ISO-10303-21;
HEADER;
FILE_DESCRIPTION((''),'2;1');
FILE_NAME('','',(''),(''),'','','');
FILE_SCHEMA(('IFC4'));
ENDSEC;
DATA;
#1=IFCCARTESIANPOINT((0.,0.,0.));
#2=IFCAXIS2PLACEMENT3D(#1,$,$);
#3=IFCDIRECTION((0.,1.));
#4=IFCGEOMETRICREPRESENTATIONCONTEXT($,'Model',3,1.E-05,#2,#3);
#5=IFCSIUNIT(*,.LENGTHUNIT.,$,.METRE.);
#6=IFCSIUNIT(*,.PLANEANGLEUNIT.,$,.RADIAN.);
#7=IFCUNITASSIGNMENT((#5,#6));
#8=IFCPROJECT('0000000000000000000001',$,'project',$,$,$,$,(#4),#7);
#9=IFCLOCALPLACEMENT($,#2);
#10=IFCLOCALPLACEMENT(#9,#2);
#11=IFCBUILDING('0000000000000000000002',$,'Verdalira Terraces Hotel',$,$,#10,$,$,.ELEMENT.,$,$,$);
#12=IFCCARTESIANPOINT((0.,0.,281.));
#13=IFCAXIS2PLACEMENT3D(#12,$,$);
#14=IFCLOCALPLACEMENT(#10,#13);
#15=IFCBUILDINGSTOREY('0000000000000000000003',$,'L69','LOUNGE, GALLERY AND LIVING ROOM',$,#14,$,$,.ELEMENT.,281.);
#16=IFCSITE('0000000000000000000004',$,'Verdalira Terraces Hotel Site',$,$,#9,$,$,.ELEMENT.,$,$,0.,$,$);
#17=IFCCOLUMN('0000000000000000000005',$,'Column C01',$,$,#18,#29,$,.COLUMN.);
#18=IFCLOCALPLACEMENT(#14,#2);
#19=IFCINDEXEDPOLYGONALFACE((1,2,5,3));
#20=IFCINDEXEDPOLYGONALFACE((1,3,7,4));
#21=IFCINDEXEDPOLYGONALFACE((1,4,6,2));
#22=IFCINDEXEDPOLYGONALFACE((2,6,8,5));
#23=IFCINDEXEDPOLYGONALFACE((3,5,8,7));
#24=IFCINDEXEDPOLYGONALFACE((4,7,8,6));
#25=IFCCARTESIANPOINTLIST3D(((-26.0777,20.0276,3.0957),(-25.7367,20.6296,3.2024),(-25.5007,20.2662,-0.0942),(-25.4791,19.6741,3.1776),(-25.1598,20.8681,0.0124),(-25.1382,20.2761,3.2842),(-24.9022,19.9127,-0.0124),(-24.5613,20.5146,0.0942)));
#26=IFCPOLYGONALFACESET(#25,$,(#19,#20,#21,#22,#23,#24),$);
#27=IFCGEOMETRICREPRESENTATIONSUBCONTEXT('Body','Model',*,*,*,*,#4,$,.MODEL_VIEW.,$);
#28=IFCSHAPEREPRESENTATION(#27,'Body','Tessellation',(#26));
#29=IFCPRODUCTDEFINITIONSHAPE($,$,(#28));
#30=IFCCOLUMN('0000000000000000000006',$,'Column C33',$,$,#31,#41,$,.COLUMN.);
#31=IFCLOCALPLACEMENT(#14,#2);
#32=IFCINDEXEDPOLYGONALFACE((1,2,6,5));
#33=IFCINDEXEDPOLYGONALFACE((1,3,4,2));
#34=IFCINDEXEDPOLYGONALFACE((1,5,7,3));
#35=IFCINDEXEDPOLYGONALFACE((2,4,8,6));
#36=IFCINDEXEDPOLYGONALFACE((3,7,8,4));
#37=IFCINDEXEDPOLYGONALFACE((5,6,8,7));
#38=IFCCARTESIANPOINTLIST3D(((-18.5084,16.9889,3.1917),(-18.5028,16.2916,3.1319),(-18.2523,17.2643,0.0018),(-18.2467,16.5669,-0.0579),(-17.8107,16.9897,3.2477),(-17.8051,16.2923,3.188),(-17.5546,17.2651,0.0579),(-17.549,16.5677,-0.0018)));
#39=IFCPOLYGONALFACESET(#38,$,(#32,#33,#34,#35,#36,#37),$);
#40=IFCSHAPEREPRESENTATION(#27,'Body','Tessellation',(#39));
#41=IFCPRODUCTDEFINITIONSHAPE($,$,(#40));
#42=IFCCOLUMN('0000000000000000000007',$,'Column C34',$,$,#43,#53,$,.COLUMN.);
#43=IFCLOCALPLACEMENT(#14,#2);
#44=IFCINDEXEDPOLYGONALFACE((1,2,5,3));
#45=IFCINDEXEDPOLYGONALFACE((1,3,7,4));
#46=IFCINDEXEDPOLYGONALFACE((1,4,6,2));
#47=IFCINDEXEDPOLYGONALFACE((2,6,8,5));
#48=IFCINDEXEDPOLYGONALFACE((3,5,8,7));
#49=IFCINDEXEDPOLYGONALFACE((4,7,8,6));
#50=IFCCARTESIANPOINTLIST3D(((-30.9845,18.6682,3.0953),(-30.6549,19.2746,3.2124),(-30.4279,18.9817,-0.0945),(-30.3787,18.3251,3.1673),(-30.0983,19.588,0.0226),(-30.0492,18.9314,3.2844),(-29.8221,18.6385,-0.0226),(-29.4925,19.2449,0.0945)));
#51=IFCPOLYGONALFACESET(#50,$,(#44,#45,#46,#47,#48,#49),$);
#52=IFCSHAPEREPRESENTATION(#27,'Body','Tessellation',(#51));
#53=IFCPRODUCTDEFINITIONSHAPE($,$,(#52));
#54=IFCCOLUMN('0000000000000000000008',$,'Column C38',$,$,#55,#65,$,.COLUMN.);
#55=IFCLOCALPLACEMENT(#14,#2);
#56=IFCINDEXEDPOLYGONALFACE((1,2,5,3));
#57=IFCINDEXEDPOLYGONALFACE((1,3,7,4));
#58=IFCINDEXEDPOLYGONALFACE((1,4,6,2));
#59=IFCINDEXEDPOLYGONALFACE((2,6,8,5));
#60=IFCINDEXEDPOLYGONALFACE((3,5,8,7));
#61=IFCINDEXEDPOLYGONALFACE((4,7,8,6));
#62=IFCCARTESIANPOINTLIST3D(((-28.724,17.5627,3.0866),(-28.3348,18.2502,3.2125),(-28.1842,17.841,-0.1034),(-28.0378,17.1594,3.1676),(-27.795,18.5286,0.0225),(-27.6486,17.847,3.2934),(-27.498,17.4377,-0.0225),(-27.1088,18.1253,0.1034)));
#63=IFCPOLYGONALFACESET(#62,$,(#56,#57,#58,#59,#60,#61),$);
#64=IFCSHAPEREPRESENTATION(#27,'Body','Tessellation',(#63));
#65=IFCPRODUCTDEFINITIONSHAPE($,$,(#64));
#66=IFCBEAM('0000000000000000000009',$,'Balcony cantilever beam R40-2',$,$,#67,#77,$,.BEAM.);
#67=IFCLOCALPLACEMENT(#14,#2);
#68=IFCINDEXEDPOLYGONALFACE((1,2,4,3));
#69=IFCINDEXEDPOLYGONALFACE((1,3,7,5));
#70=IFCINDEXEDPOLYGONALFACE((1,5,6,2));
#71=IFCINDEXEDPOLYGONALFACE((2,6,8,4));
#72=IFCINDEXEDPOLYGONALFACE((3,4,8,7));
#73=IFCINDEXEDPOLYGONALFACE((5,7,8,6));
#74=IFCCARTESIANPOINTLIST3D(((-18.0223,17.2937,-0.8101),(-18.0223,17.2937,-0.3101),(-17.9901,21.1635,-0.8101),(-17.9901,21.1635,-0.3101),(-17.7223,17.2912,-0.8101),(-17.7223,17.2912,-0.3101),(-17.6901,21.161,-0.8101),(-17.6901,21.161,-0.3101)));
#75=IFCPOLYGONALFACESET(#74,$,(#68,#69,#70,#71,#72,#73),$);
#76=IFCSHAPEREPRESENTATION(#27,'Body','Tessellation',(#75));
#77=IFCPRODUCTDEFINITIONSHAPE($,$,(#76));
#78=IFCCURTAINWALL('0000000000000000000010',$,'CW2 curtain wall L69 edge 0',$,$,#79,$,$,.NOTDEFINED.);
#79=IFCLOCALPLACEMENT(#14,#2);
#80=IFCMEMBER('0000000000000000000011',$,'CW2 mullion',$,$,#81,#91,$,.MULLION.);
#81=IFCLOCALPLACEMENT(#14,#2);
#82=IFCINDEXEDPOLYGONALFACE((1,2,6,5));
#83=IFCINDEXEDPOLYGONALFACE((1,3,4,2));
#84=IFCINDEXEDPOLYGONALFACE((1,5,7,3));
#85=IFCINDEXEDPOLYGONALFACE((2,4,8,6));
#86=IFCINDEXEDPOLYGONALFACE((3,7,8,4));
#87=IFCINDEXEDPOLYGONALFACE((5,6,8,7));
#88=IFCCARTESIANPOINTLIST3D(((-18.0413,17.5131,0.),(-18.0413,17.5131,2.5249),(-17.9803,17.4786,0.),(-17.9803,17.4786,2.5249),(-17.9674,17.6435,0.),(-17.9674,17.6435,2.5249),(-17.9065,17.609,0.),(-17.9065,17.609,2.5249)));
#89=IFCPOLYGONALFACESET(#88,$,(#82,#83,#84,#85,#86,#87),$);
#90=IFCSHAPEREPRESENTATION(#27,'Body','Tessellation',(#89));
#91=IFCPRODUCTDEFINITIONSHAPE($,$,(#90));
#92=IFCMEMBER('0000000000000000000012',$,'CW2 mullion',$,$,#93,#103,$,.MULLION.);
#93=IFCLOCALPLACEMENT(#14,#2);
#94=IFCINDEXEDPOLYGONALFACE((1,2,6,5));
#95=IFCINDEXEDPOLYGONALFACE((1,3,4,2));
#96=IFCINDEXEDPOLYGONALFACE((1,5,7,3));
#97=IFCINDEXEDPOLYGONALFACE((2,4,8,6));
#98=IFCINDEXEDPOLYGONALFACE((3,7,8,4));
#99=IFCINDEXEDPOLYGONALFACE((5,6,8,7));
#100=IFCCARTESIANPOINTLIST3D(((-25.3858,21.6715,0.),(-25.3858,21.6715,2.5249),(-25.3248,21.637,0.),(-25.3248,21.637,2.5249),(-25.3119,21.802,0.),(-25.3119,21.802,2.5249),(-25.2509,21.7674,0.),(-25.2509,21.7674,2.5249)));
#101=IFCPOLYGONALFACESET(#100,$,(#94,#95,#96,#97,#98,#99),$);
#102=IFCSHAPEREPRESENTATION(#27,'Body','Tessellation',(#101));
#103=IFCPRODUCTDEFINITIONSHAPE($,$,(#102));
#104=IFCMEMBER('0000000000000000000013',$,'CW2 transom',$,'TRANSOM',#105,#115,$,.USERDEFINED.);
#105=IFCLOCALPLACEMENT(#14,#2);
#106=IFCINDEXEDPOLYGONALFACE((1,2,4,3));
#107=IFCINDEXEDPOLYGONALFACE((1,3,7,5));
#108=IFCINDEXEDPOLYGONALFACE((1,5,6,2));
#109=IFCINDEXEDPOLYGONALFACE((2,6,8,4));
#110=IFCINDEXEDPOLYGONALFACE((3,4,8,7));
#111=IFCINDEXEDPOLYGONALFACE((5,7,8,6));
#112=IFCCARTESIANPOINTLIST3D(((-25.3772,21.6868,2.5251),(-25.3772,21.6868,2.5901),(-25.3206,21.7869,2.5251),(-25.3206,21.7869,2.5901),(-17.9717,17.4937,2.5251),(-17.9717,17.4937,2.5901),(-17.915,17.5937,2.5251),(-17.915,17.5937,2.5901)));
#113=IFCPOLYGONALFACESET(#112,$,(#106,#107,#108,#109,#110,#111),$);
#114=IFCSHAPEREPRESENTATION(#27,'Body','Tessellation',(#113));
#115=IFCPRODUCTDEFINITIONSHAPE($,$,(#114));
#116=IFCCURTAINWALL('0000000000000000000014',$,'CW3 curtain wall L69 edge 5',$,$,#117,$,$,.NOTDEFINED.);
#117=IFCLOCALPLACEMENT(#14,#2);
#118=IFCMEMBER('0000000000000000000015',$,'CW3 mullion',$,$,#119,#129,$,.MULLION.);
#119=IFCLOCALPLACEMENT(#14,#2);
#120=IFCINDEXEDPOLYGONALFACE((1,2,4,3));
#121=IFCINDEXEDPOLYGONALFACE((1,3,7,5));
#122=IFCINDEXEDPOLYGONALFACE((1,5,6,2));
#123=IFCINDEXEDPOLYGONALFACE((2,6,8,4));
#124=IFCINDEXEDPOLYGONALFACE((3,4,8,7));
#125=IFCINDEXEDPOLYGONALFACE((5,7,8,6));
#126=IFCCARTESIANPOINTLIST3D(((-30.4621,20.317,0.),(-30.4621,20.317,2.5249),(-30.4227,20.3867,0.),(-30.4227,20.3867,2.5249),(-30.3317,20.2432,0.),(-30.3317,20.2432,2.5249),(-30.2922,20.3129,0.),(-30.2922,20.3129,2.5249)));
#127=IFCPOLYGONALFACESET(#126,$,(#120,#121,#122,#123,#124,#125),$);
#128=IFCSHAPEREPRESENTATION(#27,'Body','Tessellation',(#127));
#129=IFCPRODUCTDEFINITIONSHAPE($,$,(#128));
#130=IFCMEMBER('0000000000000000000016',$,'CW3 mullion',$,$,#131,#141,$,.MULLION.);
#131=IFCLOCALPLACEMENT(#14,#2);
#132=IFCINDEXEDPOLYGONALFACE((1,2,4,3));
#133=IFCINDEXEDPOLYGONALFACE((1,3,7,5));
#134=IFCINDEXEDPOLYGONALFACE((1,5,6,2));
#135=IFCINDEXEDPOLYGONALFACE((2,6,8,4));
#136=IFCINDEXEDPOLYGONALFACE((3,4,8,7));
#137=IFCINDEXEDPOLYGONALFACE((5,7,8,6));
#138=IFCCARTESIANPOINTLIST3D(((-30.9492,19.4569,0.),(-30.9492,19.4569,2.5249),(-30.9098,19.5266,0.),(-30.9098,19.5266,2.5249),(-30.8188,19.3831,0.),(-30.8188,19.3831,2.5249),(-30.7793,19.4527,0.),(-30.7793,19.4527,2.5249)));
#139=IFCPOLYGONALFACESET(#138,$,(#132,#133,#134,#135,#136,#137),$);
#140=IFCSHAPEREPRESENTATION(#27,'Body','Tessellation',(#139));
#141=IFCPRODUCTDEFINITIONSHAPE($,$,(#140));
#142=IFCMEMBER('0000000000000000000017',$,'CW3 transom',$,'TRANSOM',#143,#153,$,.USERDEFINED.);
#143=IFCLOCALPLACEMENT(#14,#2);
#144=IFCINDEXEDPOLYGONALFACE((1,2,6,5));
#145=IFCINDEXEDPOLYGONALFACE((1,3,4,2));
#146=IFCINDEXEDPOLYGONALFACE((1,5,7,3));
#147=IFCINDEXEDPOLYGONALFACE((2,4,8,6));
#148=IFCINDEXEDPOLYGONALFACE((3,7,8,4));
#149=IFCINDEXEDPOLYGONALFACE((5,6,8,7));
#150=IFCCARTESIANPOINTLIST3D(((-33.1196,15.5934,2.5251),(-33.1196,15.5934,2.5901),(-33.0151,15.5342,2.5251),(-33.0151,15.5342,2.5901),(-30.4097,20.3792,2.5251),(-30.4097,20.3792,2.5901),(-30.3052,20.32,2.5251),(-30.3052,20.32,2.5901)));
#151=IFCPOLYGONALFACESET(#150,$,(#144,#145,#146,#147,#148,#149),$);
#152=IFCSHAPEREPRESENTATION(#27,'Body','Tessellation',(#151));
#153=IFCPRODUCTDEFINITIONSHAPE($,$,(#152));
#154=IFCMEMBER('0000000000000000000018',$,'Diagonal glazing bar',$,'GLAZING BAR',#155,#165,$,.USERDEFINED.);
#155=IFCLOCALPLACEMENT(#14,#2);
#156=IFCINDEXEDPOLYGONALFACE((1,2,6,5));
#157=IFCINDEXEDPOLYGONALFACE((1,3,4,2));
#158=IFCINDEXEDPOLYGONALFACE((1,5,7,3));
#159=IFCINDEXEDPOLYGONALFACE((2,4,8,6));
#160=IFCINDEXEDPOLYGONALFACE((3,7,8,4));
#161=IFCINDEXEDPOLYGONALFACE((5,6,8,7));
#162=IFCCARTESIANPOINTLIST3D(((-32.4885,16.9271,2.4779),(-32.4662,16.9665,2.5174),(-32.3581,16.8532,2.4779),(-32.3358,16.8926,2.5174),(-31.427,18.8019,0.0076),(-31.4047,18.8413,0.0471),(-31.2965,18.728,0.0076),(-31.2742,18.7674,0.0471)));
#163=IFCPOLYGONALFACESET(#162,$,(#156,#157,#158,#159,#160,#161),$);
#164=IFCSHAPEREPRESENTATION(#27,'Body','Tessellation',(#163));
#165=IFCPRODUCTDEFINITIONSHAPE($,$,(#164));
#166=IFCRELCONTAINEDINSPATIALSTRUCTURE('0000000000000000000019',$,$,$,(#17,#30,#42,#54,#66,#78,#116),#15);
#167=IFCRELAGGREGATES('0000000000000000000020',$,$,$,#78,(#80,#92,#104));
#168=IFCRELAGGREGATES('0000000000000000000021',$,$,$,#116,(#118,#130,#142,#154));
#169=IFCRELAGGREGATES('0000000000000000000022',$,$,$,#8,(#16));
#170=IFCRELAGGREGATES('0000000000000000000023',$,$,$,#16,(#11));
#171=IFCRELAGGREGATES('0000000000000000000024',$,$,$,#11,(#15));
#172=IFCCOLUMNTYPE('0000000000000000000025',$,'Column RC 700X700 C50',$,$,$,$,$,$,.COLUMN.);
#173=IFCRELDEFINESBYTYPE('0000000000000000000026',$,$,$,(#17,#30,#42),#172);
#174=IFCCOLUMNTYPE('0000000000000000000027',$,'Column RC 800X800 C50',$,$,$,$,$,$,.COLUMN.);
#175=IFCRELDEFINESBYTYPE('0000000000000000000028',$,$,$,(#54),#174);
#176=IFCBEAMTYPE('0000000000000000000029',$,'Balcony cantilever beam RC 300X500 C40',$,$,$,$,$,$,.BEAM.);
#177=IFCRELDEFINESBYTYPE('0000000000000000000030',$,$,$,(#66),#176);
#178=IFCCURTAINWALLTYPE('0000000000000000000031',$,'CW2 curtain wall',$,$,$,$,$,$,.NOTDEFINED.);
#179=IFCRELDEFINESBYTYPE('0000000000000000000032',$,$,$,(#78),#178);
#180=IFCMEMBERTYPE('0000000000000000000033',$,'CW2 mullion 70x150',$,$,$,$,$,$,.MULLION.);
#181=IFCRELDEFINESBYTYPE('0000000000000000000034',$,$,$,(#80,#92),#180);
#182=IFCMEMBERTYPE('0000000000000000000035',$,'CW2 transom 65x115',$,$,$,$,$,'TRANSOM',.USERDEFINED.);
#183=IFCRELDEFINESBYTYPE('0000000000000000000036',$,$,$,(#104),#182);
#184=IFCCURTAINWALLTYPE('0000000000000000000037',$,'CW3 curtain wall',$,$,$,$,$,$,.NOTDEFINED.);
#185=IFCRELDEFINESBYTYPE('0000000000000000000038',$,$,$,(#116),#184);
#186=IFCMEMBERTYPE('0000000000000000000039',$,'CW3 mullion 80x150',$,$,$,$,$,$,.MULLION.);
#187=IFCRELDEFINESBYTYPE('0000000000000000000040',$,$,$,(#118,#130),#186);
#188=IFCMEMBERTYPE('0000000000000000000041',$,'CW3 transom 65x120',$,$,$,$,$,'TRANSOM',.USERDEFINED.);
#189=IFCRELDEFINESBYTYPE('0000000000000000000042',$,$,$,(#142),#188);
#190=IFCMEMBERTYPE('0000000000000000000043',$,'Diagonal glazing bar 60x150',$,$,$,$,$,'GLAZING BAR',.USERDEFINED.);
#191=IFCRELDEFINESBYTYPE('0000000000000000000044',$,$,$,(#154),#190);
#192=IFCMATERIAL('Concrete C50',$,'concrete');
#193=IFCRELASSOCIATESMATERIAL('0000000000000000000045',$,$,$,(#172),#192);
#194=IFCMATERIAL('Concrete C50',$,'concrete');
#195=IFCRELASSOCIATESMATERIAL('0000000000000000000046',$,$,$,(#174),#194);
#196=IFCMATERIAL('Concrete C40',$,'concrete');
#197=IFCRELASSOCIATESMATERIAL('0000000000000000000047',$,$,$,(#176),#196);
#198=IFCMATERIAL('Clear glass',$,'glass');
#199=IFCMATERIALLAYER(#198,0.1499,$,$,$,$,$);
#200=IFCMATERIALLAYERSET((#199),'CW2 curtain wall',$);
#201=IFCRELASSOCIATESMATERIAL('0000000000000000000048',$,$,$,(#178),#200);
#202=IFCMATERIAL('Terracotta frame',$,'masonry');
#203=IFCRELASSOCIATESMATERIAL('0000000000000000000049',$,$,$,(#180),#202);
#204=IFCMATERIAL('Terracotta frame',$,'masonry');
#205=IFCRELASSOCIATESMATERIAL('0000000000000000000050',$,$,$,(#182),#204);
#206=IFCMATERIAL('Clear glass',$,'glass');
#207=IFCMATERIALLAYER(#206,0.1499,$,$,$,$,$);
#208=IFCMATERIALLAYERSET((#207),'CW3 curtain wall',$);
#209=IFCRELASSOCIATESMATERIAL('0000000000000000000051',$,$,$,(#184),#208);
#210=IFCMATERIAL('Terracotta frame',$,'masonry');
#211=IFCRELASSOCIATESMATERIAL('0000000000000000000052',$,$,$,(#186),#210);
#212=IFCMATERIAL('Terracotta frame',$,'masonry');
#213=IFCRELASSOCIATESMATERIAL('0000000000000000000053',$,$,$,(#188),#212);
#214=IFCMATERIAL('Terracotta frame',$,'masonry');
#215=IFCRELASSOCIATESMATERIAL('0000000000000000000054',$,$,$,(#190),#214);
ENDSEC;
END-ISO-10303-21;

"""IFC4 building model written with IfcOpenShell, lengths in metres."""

from ifc_helpers import new_model, si_unit, direction, frame, origin, origin_2d, place, context, subcontext, project, spatial, rectangle, extrude, material, layer, layer_set, material_profile, profile_set, type_object, element, aggregate, save


model = new_model("IFC4")

# Units and contexts
model_context = context("Model", 3, precision=1e-05, world=origin(), true_north=direction((0.0, 1.0)))
body_context = subcontext(model_context, "Body", "Model", "MODEL_VIEW")
ifc_project = project(units=[si_unit("LENGTHUNIT", "METRE"), si_unit("PLANEANGLEUNIT", "RADIAN")], contexts=[model_context])

# Site, building, storey
site_placement = place(None, origin())
site = spatial("IfcSite", under=ifc_project, at=site_placement, Name="Verdalira Terraces Hotel Site", CompositionType="ELEMENT", RefElevation=0.0)
building_placement = place(site_placement, origin())
building = spatial("IfcBuilding", under=site, at=building_placement, Name="Verdalira Terraces Hotel", CompositionType="ELEMENT")
storey_placement = place(building_placement, frame((0.0, 0.0, 281.0)))
storey = spatial("IfcBuildingStorey", under=building, at=storey_placement, Name="L69", Description="LOUNGE, GALLERY AND LIVING ROOM", CompositionType="ELEMENT", Elevation=281.0)

# Columns
ifc_material_1 = material(Name="Concrete C50", Category="concrete")
ifc_material_profile_1 = material_profile(ifc_material_1, rectangle(XDim=0.7, YDim=0.7, at=origin_2d()), Name="RC 700X700")
ifc_profile_set_1 = profile_set([ifc_material_profile_1], Name="Concrete C50")
column_type_1 = type_object("IfcColumnType", Name="Column RC 700X700 C50", PredefinedType="COLUMN", material=ifc_profile_set_1)
column_1_placement = place(storey_placement, frame((-25.031, 20.3904, 0.0), z_axis=(-0.177484, -0.073382, 0.981384), x_axis=(-0.855151, 0.505029, -0.116892)))
element("IfcColumn", 1, at=column_1_placement, inside=storey, type_object=column_type_1, Name="Column C01", PredefinedType="COLUMN", context=body_context, shape_type="SweptSolid", body=[
    extrude(rectangle(XDim=0.7, YDim=0.7, at=origin_2d()), origin(), (0.0, 0.0, 1.0), 3.2505),
])
column_2_placement = place(storey_placement, frame((-17.9006, 16.916, 0.0), z_axis=(-0.079733, -0.085737, 0.993122), x_axis=(0.996784, 0.001112, 0.080123)))
element("IfcColumn", 2, at=column_2_placement, inside=storey, type_object=column_type_1, Name="Column C33", PredefinedType="COLUMN", context=body_context, shape_type="SweptSolid", body=[
    extrude(rectangle(XDim=0.7, YDim=0.7, at=origin_2d()), origin(), (0.0, 0.0, 1.0), 3.2119),
])
column_3_placement = place(storey_placement, frame((-29.9602, 19.1133, 0.0), z_axis=(-0.171101, -0.096357, 0.98053), x_axis=(-0.470827, -0.866221, -0.167282)))
element("IfcColumn", 3, at=column_3_placement, inside=storey, type_object=column_type_1, Name="Column C34", PredefinedType="COLUMN", context=body_context, shape_type="SweptSolid", body=[
    extrude(rectangle(XDim=0.7, YDim=0.7, at=origin_2d()), origin(), (0.0, 0.0, 1.0), 3.2532),
])
ifc_material_2 = material(Name="Concrete C50", Category="concrete")
ifc_material_profile_2 = material_profile(ifc_material_2, rectangle(XDim=0.8, YDim=0.8, at=origin_2d()), Name="RC 800X800")
ifc_profile_set_2 = profile_set([ifc_material_profile_2], Name="Concrete C50")
column_type_2 = type_object("IfcColumnType", Name="Column RC 800X800 C50", PredefinedType="COLUMN", material=ifc_profile_set_2)
column_4_placement = place(storey_placement, frame((-27.6465, 17.9832, 0.0), z_axis=(-0.166232, -0.08571, 0.982355), x_axis=(-0.857743, 0.504025, -0.10117)))
element("IfcColumn", 4, at=column_4_placement, inside=storey, type_object=column_type_2, Name="Column C38", PredefinedType="COLUMN", context=body_context, shape_type="SweptSolid", body=[
    extrude(rectangle(XDim=0.8, YDim=0.8, at=origin_2d()), origin(), (0.0, 0.0, 1.0), 3.2473),
])

# Beam
ifc_material_3 = material(Name="Concrete C40", Category="concrete")
ifc_material_profile_3 = material_profile(ifc_material_3, rectangle(XDim=0.3, YDim=0.5, at=origin_2d()), Name="RC 300X500")
ifc_profile_set_3 = profile_set([ifc_material_profile_3], Name="Concrete C40")
beam_type_1 = type_object("IfcBeamType", Name="Balcony cantilever beam RC 300X500 C40", PredefinedType="BEAM", material=ifc_profile_set_3)
beam_1_placement = place(storey_placement, frame((-17.8723, 17.2925, -0.5601), z_axis=(0.008328, 0.999965, 0.0), x_axis=(-0.999965, 0.008328, 0.0)))
element("IfcBeam", 5, at=beam_1_placement, inside=storey, type_object=beam_type_1, Name="Balcony cantilever beam R40-2", PredefinedType="BEAM", context=body_context, shape_type="SweptSolid", body=[
    extrude(rectangle(XDim=0.3, YDim=0.5, at=origin_2d()), origin(), (0.0, 0.0, 1.0), 3.8699),
])

# Curtain walls, members
ifc_material_4 = material(Name="Clear glass", Category="glass")
ifc_layer_1 = layer(ifc_material_4, 0.1499)
ifc_layer_set_1 = layer_set([ifc_layer_1], Name="CW2 curtain wall")
curtain_wall_type_1 = type_object("IfcCurtainWallType", Name="CW2 curtain wall", PredefinedType="NOTDEFINED", material=ifc_layer_set_1)
curtain_wall_1_placement = place(storey_placement, origin())
curtain_wall_1 = element("IfcCurtainWall", 6, at=curtain_wall_1_placement, inside=storey, type_object=curtain_wall_type_1, Name="CW2 curtain wall L69 edge 0", PredefinedType="NOTDEFINED")
ifc_material_5 = material(Name="Terracotta frame", Category="masonry")
ifc_material_profile_4 = material_profile(ifc_material_5, rectangle(XDim=0.0701, YDim=0.1499, at=origin_2d()), Name="MU 70x150")
ifc_profile_set_4 = profile_set([ifc_material_profile_4], Name="Terracotta frame")
member_type_1 = type_object("IfcMemberType", Name="CW2 mullion 70x150", PredefinedType="MULLION", material=ifc_profile_set_4)
member_1_placement = place(storey_placement, frame((-17.9739, 17.561, 0.0), z_axis=(0.0, 0.0, 1.0), x_axis=(-0.870184, 0.492727, 0.0)))
member_1 = element("IfcMember", 7, at=member_1_placement, type_object=member_type_1, Name="CW2 mullion", PredefinedType="MULLION", context=body_context, shape_type="SweptSolid", body=[
    extrude(rectangle(XDim=0.0701, YDim=0.1499, at=origin_2d()), origin(), (0.0, 0.0, 1.0), 2.5249),
])
member_2_placement = place(storey_placement, frame((-25.3184, 21.7195, 0.0), z_axis=(0.0, 0.0, 1.0), x_axis=(-0.870184, 0.492727, 0.0)))
member_2 = element("IfcMember", 8, at=member_2_placement, type_object=member_type_1, Name="CW2 mullion", PredefinedType="MULLION", context=body_context, shape_type="SweptSolid", body=[
    extrude(rectangle(XDim=0.0701, YDim=0.1499, at=origin_2d()), origin(), (0.0, 0.0, 1.0), 2.5249),
])
ifc_material_6 = material(Name="Terracotta frame", Category="masonry")
ifc_material_profile_5 = material_profile(ifc_material_6, rectangle(XDim=0.115, YDim=0.0649, at=origin_2d()), Name="TR 65x115")
ifc_profile_set_5 = profile_set([ifc_material_profile_5], Name="Terracotta frame")
member_type_2 = type_object("IfcMemberType", Name="CW2 transom 65x115", ElementType="TRANSOM", PredefinedType="USERDEFINED", material=ifc_profile_set_5)
member_3_placement = place(storey_placement, frame((-17.9434, 17.5437, 2.5576), z_axis=(-0.870191, 0.492715, 0.0), x_axis=(-0.492715, -0.870191, 0.0)))
member_3 = element("IfcMember", 9, at=member_3_placement, type_object=member_type_2, Name="CW2 transom", ObjectType="TRANSOM", PredefinedType="USERDEFINED", context=body_context, shape_type="SweptSolid", body=[
    extrude(rectangle(XDim=0.115, YDim=0.0649, at=origin_2d()), origin(), (0.0, 0.0, 1.0), 8.5103),
])
ifc_material_7 = material(Name="Clear glass", Category="glass")
ifc_layer_2 = layer(ifc_material_7, 0.1499)
ifc_layer_set_2 = layer_set([ifc_layer_2], Name="CW3 curtain wall")
curtain_wall_type_2 = type_object("IfcCurtainWallType", Name="CW3 curtain wall", PredefinedType="NOTDEFINED", material=ifc_layer_set_2)
curtain_wall_2_placement = place(storey_placement, origin())
curtain_wall_2 = element("IfcCurtainWall", 10, at=curtain_wall_2_placement, inside=storey, type_object=curtain_wall_type_2, Name="CW3 curtain wall L69 edge 5", PredefinedType="NOTDEFINED")
ifc_material_8 = material(Name="Terracotta frame", Category="masonry")
ifc_material_profile_6 = material_profile(ifc_material_8, rectangle(XDim=0.0801, YDim=0.1499, at=origin_2d()), Name="MU 80x150")
ifc_profile_set_6 = profile_set([ifc_material_profile_6], Name="Terracotta frame")
member_type_3 = type_object("IfcMemberType", Name="CW3 mullion 80x150", PredefinedType="MULLION", material=ifc_profile_set_6)
member_4_placement = place(storey_placement, frame((-30.3772, 20.3149, 0.0), z_axis=(0.0, 0.0, 1.0), x_axis=(-0.492727, -0.870184, 0.0)))
member_4 = element("IfcMember", 11, at=member_4_placement, type_object=member_type_3, Name="CW3 mullion", PredefinedType="MULLION", context=body_context, shape_type="SweptSolid", body=[
    extrude(rectangle(XDim=0.0801, YDim=0.1499, at=origin_2d()), origin(), (0.0, 0.0, 1.0), 2.5249),
])
member_5_placement = place(storey_placement, frame((-30.8643, 19.4548, 0.0), z_axis=(0.0, 0.0, 1.0), x_axis=(-0.492727, -0.870184, 0.0)))
member_5 = element("IfcMember", 12, at=member_5_placement, type_object=member_type_3, Name="CW3 mullion", PredefinedType="MULLION", context=body_context, shape_type="SweptSolid", body=[
    extrude(rectangle(XDim=0.0801, YDim=0.1499, at=origin_2d()), origin(), (0.0, 0.0, 1.0), 2.5249),
])
ifc_material_9 = material(Name="Terracotta frame", Category="masonry")
ifc_material_profile_7 = material_profile(ifc_material_9, rectangle(XDim=0.1201, YDim=0.0649, at=origin_2d()), Name="TR 65x120")
ifc_profile_set_7 = profile_set([ifc_material_profile_7], Name="Terracotta frame")
member_type_4 = type_object("IfcMemberType", Name="CW3 transom 65x120", ElementType="TRANSOM", PredefinedType="USERDEFINED", material=ifc_profile_set_7)
member_6_placement = place(storey_placement, frame((-30.3574, 20.3496, 2.5576), z_axis=(-0.492731, -0.870181, 0.0), x_axis=(0.870181, -0.492731, 0.0)))
member_6 = element("IfcMember", 13, at=member_6_placement, type_object=member_type_4, Name="CW3 transom", ObjectType="TRANSOM", PredefinedType="USERDEFINED", context=body_context, shape_type="SweptSolid", body=[
    extrude(rectangle(XDim=0.1201, YDim=0.0649, at=origin_2d()), origin(), (0.0, 0.0, 1.0), 5.4998),
])
ifc_material_10 = material(Name="Terracotta frame", Category="masonry")
ifc_material_profile_8 = material_profile(ifc_material_10, rectangle(XDim=0.1499, YDim=0.0601, at=origin_2d()), Name="GB 60x150")
ifc_profile_set_8 = profile_set([ifc_material_profile_8], Name="Terracotta frame")
member_type_5 = type_object("IfcMemberType", Name="Diagonal glazing bar 60x150", ElementType="GLAZING BAR", PredefinedType="USERDEFINED", material=ifc_profile_set_8)
member_7_placement = place(storey_placement, frame((-31.3506, 18.7847, 0.0273), z_axis=(-0.323859, -0.571968, 0.753636), x_axis=(0.870189, -0.492718, 0.0)))
member_7 = element("IfcMember", 14, at=member_7_placement, type_object=member_type_5, Name="Diagonal glazing bar", ObjectType="GLAZING BAR", PredefinedType="USERDEFINED", context=body_context, shape_type="SweptSolid", body=[
    extrude(rectangle(XDim=0.1499, YDim=0.0601, at=origin_2d()), origin(), (0.0, 0.0, 1.0), 3.2778),
])

aggregate(curtain_wall_1, [member_1, member_2, member_3])
aggregate(curtain_wall_2, [member_4, member_5, member_6, member_7])

save(model, "model.ifc")
